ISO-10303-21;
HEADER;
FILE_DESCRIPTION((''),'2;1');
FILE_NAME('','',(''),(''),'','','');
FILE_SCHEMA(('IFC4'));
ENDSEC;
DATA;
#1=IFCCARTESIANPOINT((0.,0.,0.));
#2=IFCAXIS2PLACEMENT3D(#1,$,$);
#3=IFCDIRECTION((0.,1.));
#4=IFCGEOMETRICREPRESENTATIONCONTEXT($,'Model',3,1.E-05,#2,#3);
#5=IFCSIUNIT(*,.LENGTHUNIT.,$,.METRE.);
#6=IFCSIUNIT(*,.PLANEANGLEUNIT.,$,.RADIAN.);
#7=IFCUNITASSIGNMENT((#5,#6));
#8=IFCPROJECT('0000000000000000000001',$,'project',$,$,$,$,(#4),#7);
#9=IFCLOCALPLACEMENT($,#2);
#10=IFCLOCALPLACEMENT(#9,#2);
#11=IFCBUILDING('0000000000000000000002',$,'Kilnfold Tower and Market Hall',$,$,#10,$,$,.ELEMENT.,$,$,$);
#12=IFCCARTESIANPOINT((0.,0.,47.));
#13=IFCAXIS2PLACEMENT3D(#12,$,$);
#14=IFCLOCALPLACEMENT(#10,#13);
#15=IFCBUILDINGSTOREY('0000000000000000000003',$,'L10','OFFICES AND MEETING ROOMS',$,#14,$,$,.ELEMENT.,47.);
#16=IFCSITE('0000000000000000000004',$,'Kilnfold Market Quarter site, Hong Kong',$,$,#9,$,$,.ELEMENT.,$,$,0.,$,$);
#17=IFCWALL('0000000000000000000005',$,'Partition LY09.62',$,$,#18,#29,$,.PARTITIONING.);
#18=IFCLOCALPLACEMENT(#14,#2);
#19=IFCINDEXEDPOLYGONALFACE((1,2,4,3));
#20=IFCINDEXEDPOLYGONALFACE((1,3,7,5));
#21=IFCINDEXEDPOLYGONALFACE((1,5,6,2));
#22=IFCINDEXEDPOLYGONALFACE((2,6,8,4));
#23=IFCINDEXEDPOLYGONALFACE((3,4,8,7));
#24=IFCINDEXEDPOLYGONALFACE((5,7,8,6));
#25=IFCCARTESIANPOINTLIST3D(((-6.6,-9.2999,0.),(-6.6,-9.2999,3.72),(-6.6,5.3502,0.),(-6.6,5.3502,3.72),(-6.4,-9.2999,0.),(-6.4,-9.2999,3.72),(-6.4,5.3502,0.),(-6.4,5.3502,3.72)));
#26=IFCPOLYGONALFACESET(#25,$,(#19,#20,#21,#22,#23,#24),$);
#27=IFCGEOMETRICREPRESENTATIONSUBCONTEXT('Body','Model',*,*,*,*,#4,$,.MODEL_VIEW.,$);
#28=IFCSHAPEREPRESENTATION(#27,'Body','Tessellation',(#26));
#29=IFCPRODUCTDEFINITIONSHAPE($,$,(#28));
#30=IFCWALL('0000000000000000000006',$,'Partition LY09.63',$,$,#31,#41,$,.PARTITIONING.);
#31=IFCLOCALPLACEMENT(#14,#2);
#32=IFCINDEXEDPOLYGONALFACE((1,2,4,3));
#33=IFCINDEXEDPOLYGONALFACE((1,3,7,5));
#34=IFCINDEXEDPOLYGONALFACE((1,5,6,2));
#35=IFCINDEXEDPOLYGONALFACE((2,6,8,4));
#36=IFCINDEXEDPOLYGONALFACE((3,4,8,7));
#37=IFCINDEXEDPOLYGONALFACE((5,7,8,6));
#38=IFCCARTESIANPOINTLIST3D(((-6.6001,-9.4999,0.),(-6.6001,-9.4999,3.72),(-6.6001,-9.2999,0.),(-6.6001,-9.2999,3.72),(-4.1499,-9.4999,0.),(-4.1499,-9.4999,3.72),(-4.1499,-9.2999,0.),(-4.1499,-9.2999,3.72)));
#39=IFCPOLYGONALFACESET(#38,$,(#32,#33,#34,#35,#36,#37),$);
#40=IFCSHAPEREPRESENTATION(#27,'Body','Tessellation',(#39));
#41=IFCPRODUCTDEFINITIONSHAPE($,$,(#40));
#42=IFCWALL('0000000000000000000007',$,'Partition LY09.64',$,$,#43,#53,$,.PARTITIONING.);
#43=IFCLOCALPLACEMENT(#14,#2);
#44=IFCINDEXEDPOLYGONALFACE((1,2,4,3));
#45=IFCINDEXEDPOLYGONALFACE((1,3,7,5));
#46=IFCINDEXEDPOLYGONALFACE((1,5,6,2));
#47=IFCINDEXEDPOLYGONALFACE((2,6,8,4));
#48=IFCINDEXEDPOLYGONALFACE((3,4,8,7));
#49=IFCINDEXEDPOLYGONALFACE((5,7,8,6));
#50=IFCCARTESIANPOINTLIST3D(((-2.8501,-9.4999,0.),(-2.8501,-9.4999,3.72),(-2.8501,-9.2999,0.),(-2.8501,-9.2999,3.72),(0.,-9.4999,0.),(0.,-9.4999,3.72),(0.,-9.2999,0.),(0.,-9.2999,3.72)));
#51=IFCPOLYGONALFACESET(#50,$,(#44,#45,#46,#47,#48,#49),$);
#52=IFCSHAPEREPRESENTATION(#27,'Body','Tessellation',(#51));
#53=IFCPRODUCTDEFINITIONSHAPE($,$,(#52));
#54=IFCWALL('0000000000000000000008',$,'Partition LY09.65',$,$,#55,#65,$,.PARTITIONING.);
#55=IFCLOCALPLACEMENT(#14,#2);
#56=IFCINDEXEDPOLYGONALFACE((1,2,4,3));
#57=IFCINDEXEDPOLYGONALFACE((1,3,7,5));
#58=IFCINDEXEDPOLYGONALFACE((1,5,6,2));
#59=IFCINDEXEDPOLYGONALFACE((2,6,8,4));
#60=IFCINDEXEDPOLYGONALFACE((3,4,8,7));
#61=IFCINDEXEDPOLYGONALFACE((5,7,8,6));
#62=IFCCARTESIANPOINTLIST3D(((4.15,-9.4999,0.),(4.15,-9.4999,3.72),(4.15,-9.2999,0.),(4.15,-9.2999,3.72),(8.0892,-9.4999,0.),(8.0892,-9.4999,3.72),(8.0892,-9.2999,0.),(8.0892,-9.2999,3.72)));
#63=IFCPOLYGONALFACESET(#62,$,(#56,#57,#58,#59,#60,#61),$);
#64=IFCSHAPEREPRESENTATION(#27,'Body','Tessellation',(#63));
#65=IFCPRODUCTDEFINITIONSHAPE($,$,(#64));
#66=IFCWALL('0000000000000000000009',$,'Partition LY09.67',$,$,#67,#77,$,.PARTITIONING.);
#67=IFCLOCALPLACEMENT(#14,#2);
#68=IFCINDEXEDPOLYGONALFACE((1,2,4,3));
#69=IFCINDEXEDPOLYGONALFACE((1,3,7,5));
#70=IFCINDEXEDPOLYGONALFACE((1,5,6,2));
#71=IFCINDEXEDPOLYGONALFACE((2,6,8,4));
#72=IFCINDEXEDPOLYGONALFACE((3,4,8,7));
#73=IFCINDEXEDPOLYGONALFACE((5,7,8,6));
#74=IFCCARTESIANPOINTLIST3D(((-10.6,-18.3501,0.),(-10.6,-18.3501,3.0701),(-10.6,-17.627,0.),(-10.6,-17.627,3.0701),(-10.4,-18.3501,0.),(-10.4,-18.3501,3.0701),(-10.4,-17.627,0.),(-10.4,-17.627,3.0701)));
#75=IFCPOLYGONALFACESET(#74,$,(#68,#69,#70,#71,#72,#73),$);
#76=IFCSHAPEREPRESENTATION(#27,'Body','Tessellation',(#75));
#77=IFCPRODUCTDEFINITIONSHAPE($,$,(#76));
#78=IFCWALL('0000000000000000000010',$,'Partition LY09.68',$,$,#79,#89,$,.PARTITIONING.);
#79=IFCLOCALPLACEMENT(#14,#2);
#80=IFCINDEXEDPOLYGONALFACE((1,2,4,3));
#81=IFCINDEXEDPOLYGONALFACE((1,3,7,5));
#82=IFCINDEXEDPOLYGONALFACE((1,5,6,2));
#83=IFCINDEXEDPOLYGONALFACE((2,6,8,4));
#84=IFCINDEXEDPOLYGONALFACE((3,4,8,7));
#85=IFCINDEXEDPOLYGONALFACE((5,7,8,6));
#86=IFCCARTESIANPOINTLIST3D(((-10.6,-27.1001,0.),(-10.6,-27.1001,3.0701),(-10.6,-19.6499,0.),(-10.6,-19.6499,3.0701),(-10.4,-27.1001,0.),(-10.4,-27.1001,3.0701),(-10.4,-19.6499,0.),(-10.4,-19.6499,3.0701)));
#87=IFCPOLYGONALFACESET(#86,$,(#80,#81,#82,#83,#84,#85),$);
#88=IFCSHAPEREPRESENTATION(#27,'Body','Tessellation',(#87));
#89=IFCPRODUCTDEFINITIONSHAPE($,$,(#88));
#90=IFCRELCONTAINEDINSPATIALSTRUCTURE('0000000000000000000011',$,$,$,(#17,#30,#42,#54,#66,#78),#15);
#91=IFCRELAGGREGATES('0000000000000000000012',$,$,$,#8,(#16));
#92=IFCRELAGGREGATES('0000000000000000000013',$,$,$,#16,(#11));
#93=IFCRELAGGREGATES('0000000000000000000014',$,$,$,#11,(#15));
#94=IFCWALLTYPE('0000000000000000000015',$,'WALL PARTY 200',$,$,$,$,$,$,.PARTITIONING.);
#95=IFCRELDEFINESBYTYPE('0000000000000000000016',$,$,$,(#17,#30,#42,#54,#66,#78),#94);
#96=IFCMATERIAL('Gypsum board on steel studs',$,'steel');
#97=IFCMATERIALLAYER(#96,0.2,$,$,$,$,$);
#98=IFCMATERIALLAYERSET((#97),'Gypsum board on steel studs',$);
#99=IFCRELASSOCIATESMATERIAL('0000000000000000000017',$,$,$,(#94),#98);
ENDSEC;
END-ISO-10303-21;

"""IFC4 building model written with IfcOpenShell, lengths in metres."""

from ifc_helpers import new_model, si_unit, direction, frame, frame_2d, origin, place, context, subcontext, project, spatial, rectangle, extrude, material, layer, layer_set, type_object, element, save


model = new_model("IFC4")

# Units and contexts
model_context = context("Model", 3, precision=1e-05, world=origin(), true_north=direction((0.0, 1.0)))
body_context = subcontext(model_context, "Body", "Model", "MODEL_VIEW")
ifc_project = project(units=[si_unit("LENGTHUNIT", "METRE"), si_unit("PLANEANGLEUNIT", "RADIAN")], contexts=[model_context])

# Site, building, storey
site_placement = place(None, origin())
site = spatial("IfcSite", under=ifc_project, at=site_placement, Name="Kilnfold Market Quarter site, Hong Kong", CompositionType="ELEMENT", RefElevation=0.0)
building_placement = place(site_placement, origin())
building = spatial("IfcBuilding", under=site, at=building_placement, Name="Kilnfold Tower and Market Hall", CompositionType="ELEMENT")
storey_placement = place(building_placement, frame((0.0, 0.0, 47.0)))
storey = spatial("IfcBuildingStorey", under=building, at=storey_placement, Name="L10", Description="OFFICES AND MEETING ROOMS", CompositionType="ELEMENT", Elevation=47.0)

# Walls
ifc_material_1 = material(Name="Gypsum board on steel studs", Category="steel")
ifc_layer_1 = layer(ifc_material_1, 0.2)
ifc_layer_set_1 = layer_set([ifc_layer_1], Name="Gypsum board on steel studs")
wall_type_1 = type_object("IfcWallType", Name="WALL PARTY 200", PredefinedType="PARTITIONING", material=ifc_layer_set_1)
wall_1_placement = place(storey_placement, frame((-6.5, -9.3, 0.0), z_axis=(0.0, 0.0, 1.0), x_axis=(0.0, 1.0, 0.0)))
element("IfcWall", 1, at=wall_1_placement, inside=storey, type_object=wall_type_1, Name="Partition LY09.62", PredefinedType="PARTITIONING", context=body_context, shape_type="SweptSolid", body=[
    extrude(rectangle(XDim=14.6501, YDim=0.2, at=frame_2d((7.3252, 0.0))), origin(), (0.0, 0.0, 1.0), 3.72),
])
wall_2_placement = place(storey_placement, frame((-6.6001, -9.3999, 0.0), z_axis=(0.0, 0.0, 1.0), x_axis=(1.0, 0.0, 0.0)))
element("IfcWall", 2, at=wall_2_placement, inside=storey, type_object=wall_type_1, Name="Partition LY09.63", PredefinedType="PARTITIONING", context=body_context, shape_type="SweptSolid", body=[
    extrude(rectangle(XDim=2.4502, YDim=0.2, at=frame_2d((1.2251, 0.0))), origin(), (0.0, 0.0, 1.0), 3.72),
])
wall_3_placement = place(storey_placement, frame((-2.8501, -9.3999, 0.0), z_axis=(0.0, 0.0, 1.0), x_axis=(1.0, 0.0, 0.0)))
element("IfcWall", 3, at=wall_3_placement, inside=storey, type_object=wall_type_1, Name="Partition LY09.64", PredefinedType="PARTITIONING", context=body_context, shape_type="SweptSolid", body=[
    extrude(rectangle(XDim=2.8501, YDim=0.2, at=frame_2d((1.425, 0.0))), origin(), (0.0, 0.0, 1.0), 3.72),
])
wall_4_placement = place(storey_placement, frame((4.1499, -9.3999, 0.0), z_axis=(0.0, 0.0, 1.0), x_axis=(1.0, 0.0, 0.0)))
element("IfcWall", 4, at=wall_4_placement, inside=storey, type_object=wall_type_1, Name="Partition LY09.65", PredefinedType="PARTITIONING", context=body_context, shape_type="SweptSolid", body=[
    extrude(rectangle(XDim=3.9392, YDim=0.2, at=frame_2d((1.9697, 0.0))), origin(), (0.0, 0.0, 1.0), 3.72),
])
wall_5_placement = place(storey_placement, frame((-10.5, -18.3501, 0.0), z_axis=(0.0, 0.0, 1.0), x_axis=(0.0, 1.0, 0.0)))
element("IfcWall", 5, at=wall_5_placement, inside=storey, type_object=wall_type_1, Name="Partition LY09.67", PredefinedType="PARTITIONING", context=body_context, shape_type="SweptSolid", body=[
    extrude(rectangle(XDim=0.7231, YDim=0.2, at=frame_2d((0.3616, 0.0))), origin(), (0.0, 0.0, 1.0), 3.0701),
])
wall_6_placement = place(storey_placement, frame((-10.5, -27.1001, 0.0), z_axis=(0.0, 0.0, 1.0), x_axis=(0.0, 1.0, 0.0)))
element("IfcWall", 6, at=wall_6_placement, inside=storey, type_object=wall_type_1, Name="Partition LY09.68", PredefinedType="PARTITIONING", context=body_context, shape_type="SweptSolid", body=[
    extrude(rectangle(XDim=7.4502, YDim=0.2, at=frame_2d((3.7251, 0.0))), origin(), (0.0, 0.0, 1.0), 3.0701),
])

save(model, "model.ifc")
